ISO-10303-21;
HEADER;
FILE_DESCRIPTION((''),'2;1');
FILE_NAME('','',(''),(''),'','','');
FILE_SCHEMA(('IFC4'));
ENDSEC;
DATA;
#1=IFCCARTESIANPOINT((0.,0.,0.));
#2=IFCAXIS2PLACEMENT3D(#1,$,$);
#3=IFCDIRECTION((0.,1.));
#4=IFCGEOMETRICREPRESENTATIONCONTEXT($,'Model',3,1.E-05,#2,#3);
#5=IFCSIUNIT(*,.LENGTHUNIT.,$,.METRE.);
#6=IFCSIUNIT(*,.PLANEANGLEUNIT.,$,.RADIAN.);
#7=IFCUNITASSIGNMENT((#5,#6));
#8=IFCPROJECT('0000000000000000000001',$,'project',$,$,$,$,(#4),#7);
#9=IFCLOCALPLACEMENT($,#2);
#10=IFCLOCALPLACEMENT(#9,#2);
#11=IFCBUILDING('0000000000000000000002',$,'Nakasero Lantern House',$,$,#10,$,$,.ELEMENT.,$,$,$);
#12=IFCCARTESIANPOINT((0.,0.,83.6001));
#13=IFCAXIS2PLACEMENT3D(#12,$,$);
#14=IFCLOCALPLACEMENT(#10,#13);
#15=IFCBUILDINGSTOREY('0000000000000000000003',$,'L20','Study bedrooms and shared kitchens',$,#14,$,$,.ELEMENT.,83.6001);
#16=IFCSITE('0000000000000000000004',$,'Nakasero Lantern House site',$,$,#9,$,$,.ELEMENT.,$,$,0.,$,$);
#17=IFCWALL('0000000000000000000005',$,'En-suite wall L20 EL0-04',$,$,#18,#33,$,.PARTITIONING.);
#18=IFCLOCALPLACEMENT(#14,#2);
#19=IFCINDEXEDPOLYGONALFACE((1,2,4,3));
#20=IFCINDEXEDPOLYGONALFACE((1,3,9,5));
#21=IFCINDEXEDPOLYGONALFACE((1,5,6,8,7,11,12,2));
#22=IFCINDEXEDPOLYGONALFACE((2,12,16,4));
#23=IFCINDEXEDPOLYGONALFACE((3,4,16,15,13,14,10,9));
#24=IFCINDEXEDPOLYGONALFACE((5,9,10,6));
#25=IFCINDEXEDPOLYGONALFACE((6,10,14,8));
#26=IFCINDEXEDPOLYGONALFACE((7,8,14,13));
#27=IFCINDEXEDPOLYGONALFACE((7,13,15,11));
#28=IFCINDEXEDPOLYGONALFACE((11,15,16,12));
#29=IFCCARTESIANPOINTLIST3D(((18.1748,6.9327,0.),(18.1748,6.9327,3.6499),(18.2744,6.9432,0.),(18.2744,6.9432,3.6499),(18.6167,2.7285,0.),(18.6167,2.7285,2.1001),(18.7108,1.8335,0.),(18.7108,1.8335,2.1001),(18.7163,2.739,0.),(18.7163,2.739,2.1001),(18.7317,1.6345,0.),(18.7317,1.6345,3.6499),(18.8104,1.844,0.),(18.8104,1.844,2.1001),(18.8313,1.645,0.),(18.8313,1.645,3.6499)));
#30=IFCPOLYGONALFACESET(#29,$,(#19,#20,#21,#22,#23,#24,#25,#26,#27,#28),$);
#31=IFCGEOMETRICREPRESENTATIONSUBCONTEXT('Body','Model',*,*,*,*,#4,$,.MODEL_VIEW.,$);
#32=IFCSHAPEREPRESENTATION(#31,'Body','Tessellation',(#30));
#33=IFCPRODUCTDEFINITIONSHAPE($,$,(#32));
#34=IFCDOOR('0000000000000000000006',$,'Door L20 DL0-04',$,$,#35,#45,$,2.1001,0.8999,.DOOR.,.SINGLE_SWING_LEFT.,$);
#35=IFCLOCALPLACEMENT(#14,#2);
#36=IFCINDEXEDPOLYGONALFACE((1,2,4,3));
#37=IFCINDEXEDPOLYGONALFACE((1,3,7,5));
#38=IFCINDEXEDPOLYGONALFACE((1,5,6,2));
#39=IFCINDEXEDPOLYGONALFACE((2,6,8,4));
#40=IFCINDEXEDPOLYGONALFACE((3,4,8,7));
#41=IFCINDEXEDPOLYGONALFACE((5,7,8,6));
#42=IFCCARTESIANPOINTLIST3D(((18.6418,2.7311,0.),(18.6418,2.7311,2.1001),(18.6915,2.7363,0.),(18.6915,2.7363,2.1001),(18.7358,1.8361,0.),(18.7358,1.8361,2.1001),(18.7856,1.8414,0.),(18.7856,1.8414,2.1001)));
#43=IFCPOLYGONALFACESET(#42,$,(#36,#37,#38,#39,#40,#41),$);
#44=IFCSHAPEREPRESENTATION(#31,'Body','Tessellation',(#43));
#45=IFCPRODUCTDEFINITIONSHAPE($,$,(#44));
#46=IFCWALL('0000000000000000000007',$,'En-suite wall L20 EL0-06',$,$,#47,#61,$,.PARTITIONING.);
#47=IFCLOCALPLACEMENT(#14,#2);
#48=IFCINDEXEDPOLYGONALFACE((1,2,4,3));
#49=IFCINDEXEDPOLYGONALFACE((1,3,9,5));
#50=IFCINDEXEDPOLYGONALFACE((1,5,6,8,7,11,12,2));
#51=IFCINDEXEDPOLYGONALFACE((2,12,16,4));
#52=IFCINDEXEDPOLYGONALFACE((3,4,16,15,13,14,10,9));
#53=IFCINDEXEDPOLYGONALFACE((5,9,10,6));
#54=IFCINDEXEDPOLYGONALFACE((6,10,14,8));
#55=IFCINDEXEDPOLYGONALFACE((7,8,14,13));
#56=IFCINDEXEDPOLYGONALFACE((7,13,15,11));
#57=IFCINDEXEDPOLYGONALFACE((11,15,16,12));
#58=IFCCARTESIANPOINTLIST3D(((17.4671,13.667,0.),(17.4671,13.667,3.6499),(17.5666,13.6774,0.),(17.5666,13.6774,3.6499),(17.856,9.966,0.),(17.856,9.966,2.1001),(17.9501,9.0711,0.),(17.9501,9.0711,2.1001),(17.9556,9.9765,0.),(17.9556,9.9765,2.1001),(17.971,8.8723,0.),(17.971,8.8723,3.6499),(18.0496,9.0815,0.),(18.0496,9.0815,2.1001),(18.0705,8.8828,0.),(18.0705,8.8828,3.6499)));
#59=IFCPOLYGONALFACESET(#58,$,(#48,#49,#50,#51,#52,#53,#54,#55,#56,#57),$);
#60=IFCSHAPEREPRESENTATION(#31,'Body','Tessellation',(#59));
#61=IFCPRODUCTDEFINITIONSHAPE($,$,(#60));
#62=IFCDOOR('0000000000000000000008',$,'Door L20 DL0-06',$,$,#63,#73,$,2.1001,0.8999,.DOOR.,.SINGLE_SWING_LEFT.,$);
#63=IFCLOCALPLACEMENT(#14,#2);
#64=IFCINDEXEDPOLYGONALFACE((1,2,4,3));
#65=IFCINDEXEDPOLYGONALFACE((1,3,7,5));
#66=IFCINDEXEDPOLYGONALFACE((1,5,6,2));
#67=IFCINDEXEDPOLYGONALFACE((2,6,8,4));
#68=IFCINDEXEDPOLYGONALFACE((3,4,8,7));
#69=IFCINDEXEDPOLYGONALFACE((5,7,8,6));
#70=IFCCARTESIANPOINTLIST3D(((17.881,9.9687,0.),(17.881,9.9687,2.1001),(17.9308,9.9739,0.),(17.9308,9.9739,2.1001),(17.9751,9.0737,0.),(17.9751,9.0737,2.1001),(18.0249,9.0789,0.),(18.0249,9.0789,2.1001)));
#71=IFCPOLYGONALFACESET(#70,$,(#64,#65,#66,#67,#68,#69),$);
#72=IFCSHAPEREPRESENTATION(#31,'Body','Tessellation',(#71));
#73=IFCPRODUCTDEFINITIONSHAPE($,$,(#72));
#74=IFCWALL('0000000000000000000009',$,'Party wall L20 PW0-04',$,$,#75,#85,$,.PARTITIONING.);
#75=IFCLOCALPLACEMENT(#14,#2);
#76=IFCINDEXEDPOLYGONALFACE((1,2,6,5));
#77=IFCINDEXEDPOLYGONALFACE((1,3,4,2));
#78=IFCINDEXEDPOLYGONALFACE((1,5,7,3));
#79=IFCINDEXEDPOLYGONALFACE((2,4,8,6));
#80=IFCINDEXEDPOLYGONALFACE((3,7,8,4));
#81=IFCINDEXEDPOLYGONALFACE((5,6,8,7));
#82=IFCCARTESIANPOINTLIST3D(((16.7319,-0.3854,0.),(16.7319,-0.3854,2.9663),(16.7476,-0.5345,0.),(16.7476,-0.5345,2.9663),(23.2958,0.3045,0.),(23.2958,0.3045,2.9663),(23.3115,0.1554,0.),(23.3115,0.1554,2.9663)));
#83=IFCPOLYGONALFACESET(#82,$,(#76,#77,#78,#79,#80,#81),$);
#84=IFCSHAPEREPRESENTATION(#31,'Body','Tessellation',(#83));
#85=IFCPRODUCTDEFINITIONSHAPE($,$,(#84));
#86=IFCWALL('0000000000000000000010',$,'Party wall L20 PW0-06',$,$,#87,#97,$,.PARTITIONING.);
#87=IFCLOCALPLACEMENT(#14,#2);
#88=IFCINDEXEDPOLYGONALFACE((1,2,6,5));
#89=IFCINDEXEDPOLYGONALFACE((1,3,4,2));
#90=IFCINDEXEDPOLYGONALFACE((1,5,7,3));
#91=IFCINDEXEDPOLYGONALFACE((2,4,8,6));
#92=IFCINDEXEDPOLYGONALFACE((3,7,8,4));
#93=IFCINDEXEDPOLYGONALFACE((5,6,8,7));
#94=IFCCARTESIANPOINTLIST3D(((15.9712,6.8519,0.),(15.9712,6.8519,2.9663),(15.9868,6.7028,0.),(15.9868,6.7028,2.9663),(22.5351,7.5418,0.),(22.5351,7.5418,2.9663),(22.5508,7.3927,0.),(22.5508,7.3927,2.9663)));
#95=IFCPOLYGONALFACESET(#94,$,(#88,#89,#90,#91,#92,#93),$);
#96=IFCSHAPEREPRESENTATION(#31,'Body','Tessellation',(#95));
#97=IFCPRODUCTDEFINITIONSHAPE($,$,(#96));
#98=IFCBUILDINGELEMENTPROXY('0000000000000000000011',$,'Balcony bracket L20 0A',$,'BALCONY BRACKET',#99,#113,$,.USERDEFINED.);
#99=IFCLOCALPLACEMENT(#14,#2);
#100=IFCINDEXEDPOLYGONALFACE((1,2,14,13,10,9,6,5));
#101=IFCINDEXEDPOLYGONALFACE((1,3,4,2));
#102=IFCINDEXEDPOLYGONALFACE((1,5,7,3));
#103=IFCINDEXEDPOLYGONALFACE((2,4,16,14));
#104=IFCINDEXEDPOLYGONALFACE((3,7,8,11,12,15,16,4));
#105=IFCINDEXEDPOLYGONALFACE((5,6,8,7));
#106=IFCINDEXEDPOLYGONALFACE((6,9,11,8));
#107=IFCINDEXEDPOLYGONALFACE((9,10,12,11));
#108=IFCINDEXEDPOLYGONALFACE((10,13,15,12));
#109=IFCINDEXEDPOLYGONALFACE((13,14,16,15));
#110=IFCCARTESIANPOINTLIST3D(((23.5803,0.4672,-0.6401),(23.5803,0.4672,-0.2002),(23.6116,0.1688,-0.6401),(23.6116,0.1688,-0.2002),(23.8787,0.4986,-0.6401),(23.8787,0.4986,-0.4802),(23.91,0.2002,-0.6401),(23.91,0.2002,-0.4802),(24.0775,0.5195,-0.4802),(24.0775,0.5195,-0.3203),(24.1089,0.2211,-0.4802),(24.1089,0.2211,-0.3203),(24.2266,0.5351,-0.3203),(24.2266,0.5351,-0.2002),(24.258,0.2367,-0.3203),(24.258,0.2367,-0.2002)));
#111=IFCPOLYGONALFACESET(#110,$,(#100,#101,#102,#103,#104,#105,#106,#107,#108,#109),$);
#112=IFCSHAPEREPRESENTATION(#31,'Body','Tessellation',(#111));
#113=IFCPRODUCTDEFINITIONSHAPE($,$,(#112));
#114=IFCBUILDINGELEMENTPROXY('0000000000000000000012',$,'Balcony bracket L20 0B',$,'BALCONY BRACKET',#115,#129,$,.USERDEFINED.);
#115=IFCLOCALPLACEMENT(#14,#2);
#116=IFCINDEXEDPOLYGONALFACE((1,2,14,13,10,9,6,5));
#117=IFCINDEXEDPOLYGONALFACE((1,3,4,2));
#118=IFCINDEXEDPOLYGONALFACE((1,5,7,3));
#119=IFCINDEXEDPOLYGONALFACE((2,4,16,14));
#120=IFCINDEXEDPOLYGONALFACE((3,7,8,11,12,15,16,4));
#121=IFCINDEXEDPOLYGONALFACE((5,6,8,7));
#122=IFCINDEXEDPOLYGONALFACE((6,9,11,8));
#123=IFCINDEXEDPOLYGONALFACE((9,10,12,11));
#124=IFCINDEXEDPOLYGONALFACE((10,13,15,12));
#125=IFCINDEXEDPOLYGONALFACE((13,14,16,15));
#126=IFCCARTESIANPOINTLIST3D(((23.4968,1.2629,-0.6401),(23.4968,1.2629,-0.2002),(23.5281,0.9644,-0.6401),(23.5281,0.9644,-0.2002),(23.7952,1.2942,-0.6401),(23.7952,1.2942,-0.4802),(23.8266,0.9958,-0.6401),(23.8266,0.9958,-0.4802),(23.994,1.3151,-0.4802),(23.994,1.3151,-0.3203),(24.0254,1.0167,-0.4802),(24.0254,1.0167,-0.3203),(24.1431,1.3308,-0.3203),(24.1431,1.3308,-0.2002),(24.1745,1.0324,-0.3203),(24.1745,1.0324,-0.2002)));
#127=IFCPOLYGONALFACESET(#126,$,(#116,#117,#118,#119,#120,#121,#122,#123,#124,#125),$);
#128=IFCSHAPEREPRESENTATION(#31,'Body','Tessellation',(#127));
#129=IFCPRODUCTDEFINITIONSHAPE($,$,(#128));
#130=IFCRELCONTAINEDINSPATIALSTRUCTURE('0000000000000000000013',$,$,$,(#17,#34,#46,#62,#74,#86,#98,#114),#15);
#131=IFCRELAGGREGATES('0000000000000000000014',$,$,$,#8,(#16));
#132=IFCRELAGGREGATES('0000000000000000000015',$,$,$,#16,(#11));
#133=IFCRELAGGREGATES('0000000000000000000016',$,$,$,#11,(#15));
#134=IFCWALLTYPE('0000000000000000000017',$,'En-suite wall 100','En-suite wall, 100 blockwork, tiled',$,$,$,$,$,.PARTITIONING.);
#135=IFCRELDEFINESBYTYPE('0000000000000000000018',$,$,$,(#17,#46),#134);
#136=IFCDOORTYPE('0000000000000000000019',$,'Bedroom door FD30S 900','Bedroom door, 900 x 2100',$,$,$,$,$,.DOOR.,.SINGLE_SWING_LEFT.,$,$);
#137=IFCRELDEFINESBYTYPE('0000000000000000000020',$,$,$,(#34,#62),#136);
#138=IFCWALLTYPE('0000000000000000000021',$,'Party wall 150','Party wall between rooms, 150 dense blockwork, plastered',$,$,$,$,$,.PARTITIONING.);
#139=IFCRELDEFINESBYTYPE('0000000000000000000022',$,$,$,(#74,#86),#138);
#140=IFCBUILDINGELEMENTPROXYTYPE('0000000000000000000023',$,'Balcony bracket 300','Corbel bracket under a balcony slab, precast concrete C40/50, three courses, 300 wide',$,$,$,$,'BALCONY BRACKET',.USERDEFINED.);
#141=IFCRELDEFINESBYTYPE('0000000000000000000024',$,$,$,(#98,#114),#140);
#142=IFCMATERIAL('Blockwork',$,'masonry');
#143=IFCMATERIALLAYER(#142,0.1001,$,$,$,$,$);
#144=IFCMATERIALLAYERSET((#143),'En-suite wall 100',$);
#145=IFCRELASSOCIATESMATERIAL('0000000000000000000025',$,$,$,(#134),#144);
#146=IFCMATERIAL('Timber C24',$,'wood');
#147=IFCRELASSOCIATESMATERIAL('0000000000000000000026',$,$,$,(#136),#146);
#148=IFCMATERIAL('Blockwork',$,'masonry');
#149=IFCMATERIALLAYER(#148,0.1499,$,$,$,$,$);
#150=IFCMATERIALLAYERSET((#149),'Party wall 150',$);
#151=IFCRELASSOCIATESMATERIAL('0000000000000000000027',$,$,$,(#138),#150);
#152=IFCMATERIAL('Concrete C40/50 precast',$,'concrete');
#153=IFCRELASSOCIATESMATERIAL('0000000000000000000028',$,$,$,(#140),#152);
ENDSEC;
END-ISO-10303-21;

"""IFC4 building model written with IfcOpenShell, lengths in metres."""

from ifc_helpers import new_model, si_unit, direction, frame, frame_2d, origin, place, context, subcontext, project, spatial, polyline, rectangle, outline, extrude, material, layer, layer_set, type_object, element, fill, save


model = new_model("IFC4")

# Units and contexts
model_context = context("Model", 3, precision=1e-05, world=origin(), true_north=direction((0.0, 1.0)))
body_context = subcontext(model_context, "Body", "Model", "MODEL_VIEW")
ifc_project = project(units=[si_unit("LENGTHUNIT", "METRE"), si_unit("PLANEANGLEUNIT", "RADIAN")], contexts=[model_context])

# Site, building, storey
site_placement = place(None, origin())
site = spatial("IfcSite", under=ifc_project, at=site_placement, Name="Nakasero Lantern House site", CompositionType="ELEMENT", RefElevation=0.0)
building_placement = place(site_placement, origin())
building = spatial("IfcBuilding", under=site, at=building_placement, Name="Nakasero Lantern House", CompositionType="ELEMENT")
storey_placement = place(building_placement, frame((0.0, 0.0, 83.6001)))
storey = spatial("IfcBuildingStorey", under=building, at=storey_placement, Name="L20", Description="Study bedrooms and shared kitchens", CompositionType="ELEMENT", Elevation=83.6001)

# Shared definitions
ifc_material_1 = material(Name="Blockwork", Category="masonry")
ifc_layer_1 = layer(ifc_material_1, 0.1001)
ifc_layer_set_1 = layer_set([ifc_layer_1], Name="En-suite wall 100")
wall_type_1 = type_object("IfcWallType", Name="En-suite wall 100", Description="En-suite wall, 100 blockwork, tiled", PredefinedType="PARTITIONING", material=ifc_layer_set_1)

# Walls, openings, doors
wall_1_placement = place(storey_placement, frame((18.7815, 1.6399, 0.0), z_axis=(0.0, 0.0, 1.0), x_axis=(-0.104534, 0.994521, 0.0)))
wall_1 = element("IfcWall", 1, at=wall_1_placement, inside=storey, type_object=wall_type_1, Name="En-suite wall L20 EL0-04", PredefinedType="PARTITIONING", context=body_context, shape_type="SweptSolid", body=[
    extrude(rectangle(XDim=5.3274, YDim=0.1001, at=frame_2d((2.6636, 0.0))), origin(), (0.0, 0.0, 1.0), 3.6499),
])
opening_1_placement = place(wall_1_placement, frame((0.2, 0.0, 0.0)))
opening_1 = element("IfcOpeningElement", 2, at=opening_1_placement, cuts=wall_1, PredefinedType="OPENING", context=body_context, shape_type="SweptSolid", body=[
    extrude(rectangle(XDim=0.8999, YDim=2.1001, at=frame_2d((0.45, 1.05))), frame((0.0, 0.0701, 0.0), z_axis=(0.0, -1.0, 0.0), x_axis=(1.0, 0.0, 0.0)), (0.0, 0.0, 1.0), 0.1401),
])
ifc_material_2 = material(Name="Timber C24", Category="wood")
door_type_1 = type_object("IfcDoorType", Name="Bedroom door FD30S 900", Description="Bedroom door, 900 x 2100", OperationType="SINGLE_SWING_LEFT", PredefinedType="DOOR", material=ifc_material_2)
door_1_placement = place(opening_1_placement, origin())
door_1 = element("IfcDoor", 3, at=door_1_placement, inside=storey, type_object=door_type_1, Name="Door L20 DL0-04", OperationType="SINGLE_SWING_LEFT", OverallHeight=2.1001, OverallWidth=0.8999, PredefinedType="DOOR", context=body_context, shape_type="SweptSolid", body=[
    extrude(rectangle(XDim=0.8999, YDim=2.1001, at=frame_2d((0.45, 1.05))), frame((0.0, 0.0249, 0.0), z_axis=(0.0, -1.0, 0.0), x_axis=(1.0, 0.0, 0.0)), (0.0, 0.0, 1.0), 0.05),
])
fill(opening_1, door_1)
wall_2_placement = place(storey_placement, frame((18.0208, 8.8774, 0.0), z_axis=(0.0, 0.0, 1.0), x_axis=(-0.104521, 0.994523, 0.0)))
wall_2 = element("IfcWall", 4, at=wall_2_placement, inside=storey, type_object=wall_type_1, Name="En-suite wall L20 EL0-06", PredefinedType="PARTITIONING", context=body_context, shape_type="SweptSolid", body=[
    extrude(rectangle(XDim=4.821, YDim=0.1001, at=frame_2d((2.4106, 0.0))), origin(), (0.0, 0.0, 1.0), 3.6499),
])
opening_2_placement = place(wall_2_placement, frame((0.2, 0.0, 0.0)))
opening_2 = element("IfcOpeningElement", 5, at=opening_2_placement, cuts=wall_2, PredefinedType="OPENING", context=body_context, shape_type="SweptSolid", body=[
    extrude(rectangle(XDim=0.8999, YDim=2.1001, at=frame_2d((0.45, 1.05))), frame((0.0, 0.0701, 0.0), z_axis=(0.0, -1.0, 0.0), x_axis=(1.0, 0.0, 0.0)), (0.0, 0.0, 1.0), 0.1401),
])
door_2_placement = place(opening_2_placement, origin())
door_2 = element("IfcDoor", 6, at=door_2_placement, inside=storey, type_object=door_type_1, Name="Door L20 DL0-06", OperationType="SINGLE_SWING_LEFT", OverallHeight=2.1001, OverallWidth=0.8999, PredefinedType="DOOR", context=body_context, shape_type="SweptSolid", body=[
    extrude(rectangle(XDim=0.8999, YDim=2.1001, at=frame_2d((0.45, 1.05))), frame((0.0, 0.0249, 0.0), z_axis=(0.0, -1.0, 0.0), x_axis=(1.0, 0.0, 0.0)), (0.0, 0.0, 1.0), 0.05),
])
fill(opening_2, door_2)

# Walls
ifc_material_3 = material(Name="Blockwork", Category="masonry")
ifc_layer_2 = layer(ifc_material_3, 0.1499)
ifc_layer_set_2 = layer_set([ifc_layer_2], Name="Party wall 150")
wall_type_2 = type_object("IfcWallType", Name="Party wall 150", Description="Party wall between rooms, 150 dense blockwork, plastered", PredefinedType="PARTITIONING", material=ifc_layer_set_2)
for number, where, z_axis, x_axis, name in (
    (7, (16.7397, -0.46, 0.0), (0.0, 0.0, 1.0), (0.994521, 0.104535, 0.0), "Party wall L20 PW0-04"),
    (8, (15.979, 6.7773, 0.0), (0.0, 0.0, 1.0), (0.994521, 0.104535, 0.0), "Party wall L20 PW0-06"),
):
    element("IfcWall", number, at=place(storey_placement, frame(where, z_axis=z_axis, x_axis=x_axis)), inside=storey, type_object=wall_type_2, Name=name, PredefinedType="PARTITIONING", context=body_context, shape_type="SweptSolid", body=[
        extrude(rectangle(XDim=6.6001, YDim=0.1499, at=frame_2d((3.3, 0.0))), origin(), (0.0, 0.0, 1.0), 2.9663),
    ])

# Building element proxies
ifc_material_4 = material(Name="Concrete C40/50 precast", Category="concrete")
building_element_proxy_type = type_object("IfcBuildingElementProxyType", Name="Balcony bracket 300", Description="Corbel bracket under a balcony slab, precast concrete C40/50, three courses, 300 wide", ElementType="BALCONY BRACKET", PredefinedType="USERDEFINED", material=ifc_material_4)
for number, where, z_axis, x_axis, name in (
    (9, (23.5959, 0.3181, -0.2002), (0.0, 0.0, 1.0), (0.994522, 0.104528, 0.0), "Balcony bracket L20 0A"),
    (10, (23.5125, 1.1138, -0.2002), (0.0, 0.0, 1.0), (0.994522, 0.104528, 0.0), "Balcony bracket L20 0B"),
):
    element("IfcBuildingElementProxy", number, at=place(storey_placement, frame(where, z_axis=z_axis, x_axis=x_axis)), inside=storey, type_object=building_element_proxy_type, Name=name, ObjectType="BALCONY BRACKET", PredefinedType="USERDEFINED", context=body_context, shape_type="SweptSolid", body=[
        extrude(outline(polyline([(0.0, 0.0), (0.6499, 0.0), (0.6499, -0.1201), (0.5, -0.1201), (0.5, -0.28), (0.3, -0.28), (0.3, -0.4399), (0.0, -0.4399), (0.0, 0.0)])), frame((0.0, 0.1499, 0.0), z_axis=(0.0, -1.0, 0.0), x_axis=(1.0, 0.0, 0.0)), (0.0, 0.0, 1.0), 0.3),
    ])

save(model, "model.ifc")
